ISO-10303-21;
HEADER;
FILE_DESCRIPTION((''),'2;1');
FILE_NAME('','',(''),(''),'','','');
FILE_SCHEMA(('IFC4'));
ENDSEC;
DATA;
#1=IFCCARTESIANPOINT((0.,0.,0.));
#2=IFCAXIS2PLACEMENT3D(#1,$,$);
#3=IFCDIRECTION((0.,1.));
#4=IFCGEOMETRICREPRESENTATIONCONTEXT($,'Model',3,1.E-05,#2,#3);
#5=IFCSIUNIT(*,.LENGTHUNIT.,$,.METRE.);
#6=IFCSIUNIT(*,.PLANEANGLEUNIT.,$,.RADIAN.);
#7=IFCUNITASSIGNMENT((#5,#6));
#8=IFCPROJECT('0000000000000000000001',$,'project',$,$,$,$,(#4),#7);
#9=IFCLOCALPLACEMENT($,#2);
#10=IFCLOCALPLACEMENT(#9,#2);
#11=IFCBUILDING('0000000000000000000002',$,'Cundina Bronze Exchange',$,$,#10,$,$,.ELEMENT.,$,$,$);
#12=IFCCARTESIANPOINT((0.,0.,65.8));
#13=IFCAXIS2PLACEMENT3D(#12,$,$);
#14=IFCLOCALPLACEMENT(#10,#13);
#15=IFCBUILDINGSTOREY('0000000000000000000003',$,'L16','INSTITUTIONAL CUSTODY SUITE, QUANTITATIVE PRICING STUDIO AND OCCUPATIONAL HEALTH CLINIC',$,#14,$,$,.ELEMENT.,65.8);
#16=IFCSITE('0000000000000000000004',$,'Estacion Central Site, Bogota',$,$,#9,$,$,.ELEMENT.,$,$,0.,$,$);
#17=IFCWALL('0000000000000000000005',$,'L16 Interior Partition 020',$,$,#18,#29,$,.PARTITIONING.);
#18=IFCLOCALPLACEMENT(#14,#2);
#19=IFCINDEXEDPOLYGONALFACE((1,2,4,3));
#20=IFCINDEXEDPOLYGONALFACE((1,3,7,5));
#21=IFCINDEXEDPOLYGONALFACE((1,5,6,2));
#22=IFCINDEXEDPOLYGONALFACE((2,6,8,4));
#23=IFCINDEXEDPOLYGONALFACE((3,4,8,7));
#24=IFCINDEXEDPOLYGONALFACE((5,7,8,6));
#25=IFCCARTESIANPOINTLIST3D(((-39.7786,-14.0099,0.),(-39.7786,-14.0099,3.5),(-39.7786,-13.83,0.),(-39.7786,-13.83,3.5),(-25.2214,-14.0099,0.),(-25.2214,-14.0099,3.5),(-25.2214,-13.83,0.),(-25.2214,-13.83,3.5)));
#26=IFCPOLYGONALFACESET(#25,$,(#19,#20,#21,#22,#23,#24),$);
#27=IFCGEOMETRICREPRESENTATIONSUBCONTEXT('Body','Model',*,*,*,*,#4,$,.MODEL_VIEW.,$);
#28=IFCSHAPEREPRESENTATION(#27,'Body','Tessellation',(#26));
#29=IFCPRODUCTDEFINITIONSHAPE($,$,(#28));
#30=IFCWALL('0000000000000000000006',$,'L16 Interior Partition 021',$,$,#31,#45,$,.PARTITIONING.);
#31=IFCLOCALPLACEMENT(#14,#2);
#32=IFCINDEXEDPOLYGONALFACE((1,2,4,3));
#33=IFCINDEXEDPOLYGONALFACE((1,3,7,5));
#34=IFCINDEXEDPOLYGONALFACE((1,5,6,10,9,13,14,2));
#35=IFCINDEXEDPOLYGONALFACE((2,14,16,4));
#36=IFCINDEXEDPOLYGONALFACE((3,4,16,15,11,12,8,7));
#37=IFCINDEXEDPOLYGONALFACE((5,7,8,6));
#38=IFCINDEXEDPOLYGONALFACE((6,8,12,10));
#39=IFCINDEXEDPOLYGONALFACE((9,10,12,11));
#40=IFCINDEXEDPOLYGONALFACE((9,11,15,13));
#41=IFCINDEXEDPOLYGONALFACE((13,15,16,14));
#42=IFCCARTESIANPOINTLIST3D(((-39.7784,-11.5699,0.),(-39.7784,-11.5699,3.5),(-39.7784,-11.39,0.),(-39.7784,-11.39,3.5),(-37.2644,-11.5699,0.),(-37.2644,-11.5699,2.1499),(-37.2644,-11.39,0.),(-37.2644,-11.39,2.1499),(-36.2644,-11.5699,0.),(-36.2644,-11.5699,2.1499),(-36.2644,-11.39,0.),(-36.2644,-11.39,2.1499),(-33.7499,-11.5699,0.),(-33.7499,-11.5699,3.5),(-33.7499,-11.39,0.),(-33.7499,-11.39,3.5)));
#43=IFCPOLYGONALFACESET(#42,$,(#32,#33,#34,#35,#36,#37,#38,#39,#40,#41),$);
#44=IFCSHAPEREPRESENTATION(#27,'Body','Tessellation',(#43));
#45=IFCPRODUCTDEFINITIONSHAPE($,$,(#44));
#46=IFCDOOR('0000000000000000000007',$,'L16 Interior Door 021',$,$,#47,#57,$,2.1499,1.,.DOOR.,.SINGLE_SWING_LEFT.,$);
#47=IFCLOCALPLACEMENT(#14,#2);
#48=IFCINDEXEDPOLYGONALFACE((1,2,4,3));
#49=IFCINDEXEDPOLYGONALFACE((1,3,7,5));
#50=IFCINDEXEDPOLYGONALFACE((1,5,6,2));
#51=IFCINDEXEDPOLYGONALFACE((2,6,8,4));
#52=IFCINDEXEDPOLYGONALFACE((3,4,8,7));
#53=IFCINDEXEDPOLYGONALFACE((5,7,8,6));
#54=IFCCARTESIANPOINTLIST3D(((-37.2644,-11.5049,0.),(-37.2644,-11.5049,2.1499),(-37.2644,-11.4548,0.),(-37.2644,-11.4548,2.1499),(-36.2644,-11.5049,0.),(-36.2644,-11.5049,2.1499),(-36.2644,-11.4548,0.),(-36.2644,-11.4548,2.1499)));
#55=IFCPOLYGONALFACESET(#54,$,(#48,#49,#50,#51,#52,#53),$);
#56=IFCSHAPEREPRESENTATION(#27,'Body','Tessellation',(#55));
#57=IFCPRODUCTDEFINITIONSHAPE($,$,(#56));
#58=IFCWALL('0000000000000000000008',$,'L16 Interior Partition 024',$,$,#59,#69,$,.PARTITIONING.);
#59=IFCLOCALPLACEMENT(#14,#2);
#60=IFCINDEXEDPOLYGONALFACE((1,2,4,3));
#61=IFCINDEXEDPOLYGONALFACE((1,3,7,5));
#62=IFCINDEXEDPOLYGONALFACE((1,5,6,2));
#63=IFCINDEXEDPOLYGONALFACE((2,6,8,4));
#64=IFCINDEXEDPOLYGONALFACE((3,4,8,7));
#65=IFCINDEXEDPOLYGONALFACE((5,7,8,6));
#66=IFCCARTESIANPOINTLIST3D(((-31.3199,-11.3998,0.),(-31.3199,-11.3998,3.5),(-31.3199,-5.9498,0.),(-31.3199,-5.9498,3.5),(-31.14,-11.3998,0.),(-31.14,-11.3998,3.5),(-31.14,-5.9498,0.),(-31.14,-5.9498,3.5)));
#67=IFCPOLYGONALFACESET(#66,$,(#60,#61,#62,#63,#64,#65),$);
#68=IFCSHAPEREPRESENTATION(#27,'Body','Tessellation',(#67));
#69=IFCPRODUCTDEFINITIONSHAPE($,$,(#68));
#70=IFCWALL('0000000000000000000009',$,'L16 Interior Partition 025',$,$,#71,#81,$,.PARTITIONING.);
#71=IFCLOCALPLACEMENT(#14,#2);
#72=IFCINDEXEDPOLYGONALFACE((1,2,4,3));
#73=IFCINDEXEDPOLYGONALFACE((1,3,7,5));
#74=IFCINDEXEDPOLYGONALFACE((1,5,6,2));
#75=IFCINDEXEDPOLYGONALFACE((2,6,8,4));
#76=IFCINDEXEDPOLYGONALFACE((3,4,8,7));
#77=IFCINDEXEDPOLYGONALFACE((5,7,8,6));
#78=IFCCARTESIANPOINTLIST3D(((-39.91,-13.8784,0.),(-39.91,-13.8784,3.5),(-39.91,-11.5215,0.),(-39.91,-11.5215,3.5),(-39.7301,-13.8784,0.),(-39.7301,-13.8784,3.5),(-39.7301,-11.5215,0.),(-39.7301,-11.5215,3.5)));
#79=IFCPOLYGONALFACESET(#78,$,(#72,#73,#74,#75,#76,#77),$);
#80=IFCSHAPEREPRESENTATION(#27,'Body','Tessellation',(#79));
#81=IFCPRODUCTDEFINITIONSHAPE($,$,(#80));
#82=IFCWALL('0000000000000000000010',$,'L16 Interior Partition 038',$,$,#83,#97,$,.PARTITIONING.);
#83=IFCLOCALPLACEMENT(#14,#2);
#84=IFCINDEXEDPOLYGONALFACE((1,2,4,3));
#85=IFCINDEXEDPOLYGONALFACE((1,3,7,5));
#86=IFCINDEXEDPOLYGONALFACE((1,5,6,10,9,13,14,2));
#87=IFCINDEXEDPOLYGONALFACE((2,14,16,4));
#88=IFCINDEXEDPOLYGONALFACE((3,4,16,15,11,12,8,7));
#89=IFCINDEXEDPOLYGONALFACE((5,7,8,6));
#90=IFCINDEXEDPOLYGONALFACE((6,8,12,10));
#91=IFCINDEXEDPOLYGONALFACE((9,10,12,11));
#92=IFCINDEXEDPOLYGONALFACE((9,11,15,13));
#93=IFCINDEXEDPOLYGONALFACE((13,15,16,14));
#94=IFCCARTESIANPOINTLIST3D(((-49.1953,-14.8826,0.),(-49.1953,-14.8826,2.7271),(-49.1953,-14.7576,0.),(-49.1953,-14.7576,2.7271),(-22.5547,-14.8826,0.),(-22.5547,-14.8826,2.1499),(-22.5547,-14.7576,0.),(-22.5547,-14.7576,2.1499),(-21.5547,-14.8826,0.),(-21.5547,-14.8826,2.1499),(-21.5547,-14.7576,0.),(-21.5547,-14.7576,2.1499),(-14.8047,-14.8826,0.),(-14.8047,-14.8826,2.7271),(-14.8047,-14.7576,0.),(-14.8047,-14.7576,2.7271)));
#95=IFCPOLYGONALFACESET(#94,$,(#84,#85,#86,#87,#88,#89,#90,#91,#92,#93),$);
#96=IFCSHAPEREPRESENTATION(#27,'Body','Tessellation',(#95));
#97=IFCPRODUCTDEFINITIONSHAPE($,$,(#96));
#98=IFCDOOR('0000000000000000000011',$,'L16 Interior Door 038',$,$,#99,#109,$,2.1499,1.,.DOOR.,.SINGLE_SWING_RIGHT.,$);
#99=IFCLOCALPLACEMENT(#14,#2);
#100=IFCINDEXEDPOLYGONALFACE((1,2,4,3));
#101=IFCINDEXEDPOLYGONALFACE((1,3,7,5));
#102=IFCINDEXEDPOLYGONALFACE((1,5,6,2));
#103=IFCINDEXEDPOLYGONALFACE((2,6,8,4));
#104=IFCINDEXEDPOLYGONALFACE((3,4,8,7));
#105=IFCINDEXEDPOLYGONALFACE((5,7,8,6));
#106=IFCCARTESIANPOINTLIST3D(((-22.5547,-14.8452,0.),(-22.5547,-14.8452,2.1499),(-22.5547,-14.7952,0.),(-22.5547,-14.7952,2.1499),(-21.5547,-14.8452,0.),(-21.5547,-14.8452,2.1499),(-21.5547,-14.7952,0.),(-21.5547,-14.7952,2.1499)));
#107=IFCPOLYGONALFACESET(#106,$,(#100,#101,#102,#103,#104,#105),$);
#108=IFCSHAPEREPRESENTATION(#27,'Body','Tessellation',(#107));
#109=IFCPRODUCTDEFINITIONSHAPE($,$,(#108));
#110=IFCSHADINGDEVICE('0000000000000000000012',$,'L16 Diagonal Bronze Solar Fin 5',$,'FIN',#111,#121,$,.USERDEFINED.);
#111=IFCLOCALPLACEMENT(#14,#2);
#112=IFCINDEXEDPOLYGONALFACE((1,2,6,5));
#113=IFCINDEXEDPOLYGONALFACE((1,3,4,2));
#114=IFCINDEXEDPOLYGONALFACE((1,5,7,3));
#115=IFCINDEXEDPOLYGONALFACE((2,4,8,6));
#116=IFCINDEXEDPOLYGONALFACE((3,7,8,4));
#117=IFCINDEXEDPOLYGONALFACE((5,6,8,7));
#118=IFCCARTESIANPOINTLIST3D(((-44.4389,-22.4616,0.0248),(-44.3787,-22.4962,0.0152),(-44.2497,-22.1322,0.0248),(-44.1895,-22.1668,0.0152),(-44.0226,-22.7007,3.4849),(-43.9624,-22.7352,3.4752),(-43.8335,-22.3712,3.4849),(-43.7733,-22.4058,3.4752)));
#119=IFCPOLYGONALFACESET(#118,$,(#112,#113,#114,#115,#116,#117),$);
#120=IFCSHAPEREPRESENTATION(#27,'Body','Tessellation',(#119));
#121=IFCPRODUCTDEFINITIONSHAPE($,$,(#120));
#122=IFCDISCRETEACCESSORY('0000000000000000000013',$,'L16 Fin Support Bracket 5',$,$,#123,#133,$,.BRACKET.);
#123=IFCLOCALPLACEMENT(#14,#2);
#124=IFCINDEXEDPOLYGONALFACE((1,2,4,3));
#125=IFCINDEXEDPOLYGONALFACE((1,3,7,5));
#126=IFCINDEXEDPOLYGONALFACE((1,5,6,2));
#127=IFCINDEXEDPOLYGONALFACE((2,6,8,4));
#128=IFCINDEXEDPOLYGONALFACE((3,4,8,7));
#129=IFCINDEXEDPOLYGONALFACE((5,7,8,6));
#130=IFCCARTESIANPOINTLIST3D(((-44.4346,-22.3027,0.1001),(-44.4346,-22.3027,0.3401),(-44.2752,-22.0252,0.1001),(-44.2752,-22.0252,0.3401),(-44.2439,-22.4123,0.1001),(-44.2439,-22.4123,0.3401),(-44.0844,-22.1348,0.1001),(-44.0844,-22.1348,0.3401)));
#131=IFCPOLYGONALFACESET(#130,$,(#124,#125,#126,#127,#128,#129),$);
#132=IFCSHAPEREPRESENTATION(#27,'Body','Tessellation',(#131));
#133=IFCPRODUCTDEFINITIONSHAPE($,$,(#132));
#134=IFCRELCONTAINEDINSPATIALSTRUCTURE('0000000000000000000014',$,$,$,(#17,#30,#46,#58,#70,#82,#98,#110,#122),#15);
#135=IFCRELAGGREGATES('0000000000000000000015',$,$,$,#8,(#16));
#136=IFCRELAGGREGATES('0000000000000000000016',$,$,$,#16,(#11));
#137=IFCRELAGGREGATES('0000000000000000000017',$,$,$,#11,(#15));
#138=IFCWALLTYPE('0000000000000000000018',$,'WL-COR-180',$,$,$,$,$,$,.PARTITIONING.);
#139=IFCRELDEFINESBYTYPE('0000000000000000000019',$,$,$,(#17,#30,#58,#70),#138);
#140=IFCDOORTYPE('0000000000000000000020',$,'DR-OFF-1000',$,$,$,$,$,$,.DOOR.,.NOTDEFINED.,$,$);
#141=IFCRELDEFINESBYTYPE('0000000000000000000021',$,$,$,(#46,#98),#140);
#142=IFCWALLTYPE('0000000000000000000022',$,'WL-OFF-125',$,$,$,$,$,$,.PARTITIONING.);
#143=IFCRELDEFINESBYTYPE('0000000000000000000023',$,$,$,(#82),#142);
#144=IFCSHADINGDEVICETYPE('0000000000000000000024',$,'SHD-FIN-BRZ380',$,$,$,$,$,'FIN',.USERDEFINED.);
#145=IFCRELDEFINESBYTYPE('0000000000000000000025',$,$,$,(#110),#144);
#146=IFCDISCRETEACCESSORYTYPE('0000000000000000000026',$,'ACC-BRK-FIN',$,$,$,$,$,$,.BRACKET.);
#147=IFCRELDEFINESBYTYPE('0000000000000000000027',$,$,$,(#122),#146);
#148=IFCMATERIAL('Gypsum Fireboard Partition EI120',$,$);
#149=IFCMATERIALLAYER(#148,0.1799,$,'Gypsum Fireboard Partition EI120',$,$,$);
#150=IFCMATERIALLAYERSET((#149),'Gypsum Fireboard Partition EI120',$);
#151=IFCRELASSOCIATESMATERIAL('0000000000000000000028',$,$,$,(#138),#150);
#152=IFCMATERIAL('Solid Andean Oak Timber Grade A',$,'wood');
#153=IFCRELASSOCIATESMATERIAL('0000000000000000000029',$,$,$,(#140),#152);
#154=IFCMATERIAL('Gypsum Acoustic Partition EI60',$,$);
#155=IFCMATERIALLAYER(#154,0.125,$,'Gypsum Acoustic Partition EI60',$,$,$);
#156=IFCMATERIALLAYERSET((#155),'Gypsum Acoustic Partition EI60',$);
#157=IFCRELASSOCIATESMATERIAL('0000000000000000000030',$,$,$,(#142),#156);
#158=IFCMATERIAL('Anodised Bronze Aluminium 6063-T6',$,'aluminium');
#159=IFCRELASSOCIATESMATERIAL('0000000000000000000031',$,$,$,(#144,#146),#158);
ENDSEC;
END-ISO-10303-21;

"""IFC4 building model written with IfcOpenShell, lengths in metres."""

from ifc_helpers import new_model, si_unit, direction, frame, frame_2d, origin, origin_2d, place, context, subcontext, project, spatial, rectangle, extrude, material, layer, layer_set, material_profile, profile_set, type_object, element, fill, save


model = new_model("IFC4")

# Units and contexts
model_context = context("Model", 3, precision=1e-05, world=origin(), true_north=direction((0.0, 1.0)))
body_context = subcontext(model_context, "Body", "Model", "MODEL_VIEW")
ifc_project = project(units=[si_unit("LENGTHUNIT", "METRE"), si_unit("PLANEANGLEUNIT", "RADIAN")], contexts=[model_context])

# Site, building, storey
site_placement = place(None, origin())
site = spatial("IfcSite", under=ifc_project, at=site_placement, Name="Estacion Central Site, Bogota", CompositionType="ELEMENT", RefElevation=0.0)
building_placement = place(site_placement, origin())
building = spatial("IfcBuilding", under=site, at=building_placement, Name="Cundina Bronze Exchange", CompositionType="ELEMENT")
storey_placement = place(building_placement, frame((0.0, 0.0, 65.8)))
storey = spatial("IfcBuildingStorey", under=building, at=storey_placement, Name="L16", Description="INSTITUTIONAL CUSTODY SUITE, QUANTITATIVE PRICING STUDIO AND OCCUPATIONAL HEALTH CLINIC", CompositionType="ELEMENT", Elevation=65.8)

# Shared definitions
ifc_material_1 = material(Name="Anodised Bronze Aluminium 6063-T6", Category="aluminium")

# Wall
ifc_material_2 = material(Name="Gypsum Fireboard Partition EI120")
ifc_layer_1 = layer(ifc_material_2, 0.1799, Name="Gypsum Fireboard Partition EI120")
ifc_layer_set_1 = layer_set([ifc_layer_1], Name="Gypsum Fireboard Partition EI120")
wall_type_1 = type_object("IfcWallType", Name="WL-COR-180", PredefinedType="PARTITIONING", material=ifc_layer_set_1)
wall_1_placement = place(storey_placement, frame((-39.7786, -13.9199, 0.0), z_axis=(0.0, 0.0, 1.0), x_axis=(1.0, 0.0, 0.0)))
element("IfcWall", 1, at=wall_1_placement, inside=storey, type_object=wall_type_1, Name="L16 Interior Partition 020", PredefinedType="PARTITIONING", context=body_context, shape_type="SweptSolid", body=[
    extrude(rectangle(XDim=14.5571, YDim=0.1799, at=frame_2d((7.2786, 0.0))), origin(), (0.0, 0.0, 1.0), 3.5),
])

# Wall, opening, door
wall_2_placement = place(storey_placement, frame((-33.75, -11.48, 0.0), z_axis=(0.0, 0.0, 1.0), x_axis=(-1.0, 0.0, 0.0)))
wall_2 = element("IfcWall", 2, at=wall_2_placement, inside=storey, type_object=wall_type_1, Name="L16 Interior Partition 021", PredefinedType="PARTITIONING", context=body_context, shape_type="SweptSolid", body=[
    extrude(rectangle(XDim=6.0286, YDim=0.1799, at=frame_2d((3.0142, 0.0))), origin(), (0.0, 0.0, 1.0), 3.5),
])
opening_1_placement = place(wall_2_placement, frame((2.5144, 0.0, 0.0)))
opening_1 = element("IfcOpeningElement", 3, at=opening_1_placement, cuts=wall_2, PredefinedType="OPENING", context=body_context, shape_type="SweptSolid", body=[
    extrude(rectangle(XDim=1.0, YDim=2.1499, at=frame_2d((0.5, 1.075))), frame((0.0, 0.0999, 0.0), z_axis=(0.0, -1.0, 0.0), x_axis=(1.0, 0.0, 0.0)), (0.0, 0.0, 1.0), 0.2),
])
ifc_material_3 = material(Name="Solid Andean Oak Timber Grade A", Category="wood")
door_type = type_object("IfcDoorType", Name="DR-OFF-1000", OperationType="NOTDEFINED", PredefinedType="DOOR", material=ifc_material_3)
door_1_placement = place(opening_1_placement, origin())
door_1 = element("IfcDoor", 4, at=door_1_placement, inside=storey, type_object=door_type, Name="L16 Interior Door 021", OperationType="SINGLE_SWING_LEFT", OverallHeight=2.1499, OverallWidth=1.0, PredefinedType="DOOR", context=body_context, shape_type="SweptSolid", body=[
    extrude(rectangle(XDim=1.0, YDim=2.1499, at=frame_2d((0.5, 1.075))), frame((0.0, 0.0249, 0.0), z_axis=(0.0, -1.0, 0.0), x_axis=(1.0, 0.0, 0.0)), (0.0, 0.0, 1.0), 0.05),
])
fill(opening_1, door_1)

# Walls
wall_3_placement = place(storey_placement, frame((-31.23, -11.3999, 0.0), z_axis=(0.0, 0.0, 1.0), x_axis=(0.0, 1.0, 0.0)))
element("IfcWall", 5, at=wall_3_placement, inside=storey, type_object=wall_type_1, Name="L16 Interior Partition 024", PredefinedType="PARTITIONING", context=body_context, shape_type="SweptSolid", body=[
    extrude(rectangle(XDim=5.45, YDim=0.1799, at=frame_2d((2.7251, 0.0))), origin(), (0.0, 0.0, 1.0), 3.5),
])
wall_4_placement = place(storey_placement, frame((-39.8201, -11.5215, 0.0), z_axis=(0.0, 0.0, 1.0), x_axis=(0.0, -1.0, 0.0)))
element("IfcWall", 6, at=wall_4_placement, inside=storey, type_object=wall_type_1, Name="L16 Interior Partition 025", PredefinedType="PARTITIONING", context=body_context, shape_type="SweptSolid", body=[
    extrude(rectangle(XDim=2.3569, YDim=0.1799, at=frame_2d((1.1785, 0.0))), origin(), (0.0, 0.0, 1.0), 3.5),
])

# Wall, opening, door
ifc_material_4 = material(Name="Gypsum Acoustic Partition EI60")
ifc_layer_2 = layer(ifc_material_4, 0.125, Name="Gypsum Acoustic Partition EI60")
ifc_layer_set_2 = layer_set([ifc_layer_2], Name="Gypsum Acoustic Partition EI60")
wall_type_2 = type_object("IfcWallType", Name="WL-OFF-125", PredefinedType="PARTITIONING", material=ifc_layer_set_2)
wall_5_placement = place(storey_placement, frame((-49.1953, -14.8201, 0.0), z_axis=(0.0, 0.0, 1.0), x_axis=(1.0, 0.0, 0.0)))
wall_5 = element("IfcWall", 7, at=wall_5_placement, inside=storey, type_object=wall_type_2, Name="L16 Interior Partition 038", PredefinedType="PARTITIONING", context=body_context, shape_type="SweptSolid", body=[
    extrude(rectangle(XDim=34.3906, YDim=0.125, at=frame_2d((17.1953, 0.0))), origin(), (0.0, 0.0, 1.0), 2.7271),
])
opening_2_placement = place(wall_5_placement, frame((26.6406, 0.0, 0.0)))
opening_2 = element("IfcOpeningElement", 8, at=opening_2_placement, cuts=wall_5, PredefinedType="OPENING", context=body_context, shape_type="SweptSolid", body=[
    extrude(rectangle(XDim=1.0, YDim=2.1499, at=frame_2d((0.5, 1.075))), frame((0.0, 0.0725, 0.0), z_axis=(0.0, -1.0, 0.0), x_axis=(1.0, 0.0, 0.0)), (0.0, 0.0, 1.0), 0.145),
])
door_2_placement = place(opening_2_placement, origin())
door_2 = element("IfcDoor", 9, at=door_2_placement, inside=storey, type_object=door_type, Name="L16 Interior Door 038", OperationType="SINGLE_SWING_RIGHT", OverallHeight=2.1499, OverallWidth=1.0, PredefinedType="DOOR", context=body_context, shape_type="SweptSolid", body=[
    extrude(rectangle(XDim=1.0, YDim=2.1499, at=frame_2d((0.5, 1.075))), frame((0.0, 0.0249, 0.0), z_axis=(0.0, -1.0, 0.0), x_axis=(1.0, 0.0, 0.0)), (0.0, 0.0, 1.0), 0.05),
])
fill(opening_2, door_2)

# Shading device
ifc_material_profile_1 = material_profile(ifc_material_1, rectangle(XDim=0.0701, YDim=0.3799, at=origin_2d()), Name="FIN70X380", Category="aluminium")
ifc_profile_set_1 = profile_set([ifc_material_profile_1], Name="Anodised Bronze Aluminium 6063-T6")
shading_device_type = type_object("IfcShadingDeviceType", Name="SHD-FIN-BRZ380", ElementType="FIN", PredefinedType="USERDEFINED", material=ifc_profile_set_1)
shading_device_placement = place(storey_placement, frame((-44.3142, -22.3142, 0.02), z_axis=(0.119166, -0.068425, 0.990514), x_axis=(-0.858982, 0.493222, 0.137414)))
element("IfcShadingDevice", 10, at=shading_device_placement, inside=storey, type_object=shading_device_type, Name="L16 Diagonal Bronze Solar Fin 5", ObjectType="FIN", PredefinedType="USERDEFINED", context=body_context, shape_type="SweptSolid", body=[
    extrude(rectangle(XDim=0.0701, YDim=0.3799, at=origin_2d()), origin(), (0.0, 0.0, 1.0), 3.4932),
])

# Discrete accessory
discrete_accessory_type = type_object("IfcDiscreteAccessoryType", Name="ACC-BRK-FIN", PredefinedType="BRACKET", material=ifc_material_1)
discrete_accessory_placement = place(storey_placement, frame((-44.2595, -22.2188, 0.1001), z_axis=(0.0, 0.0, 1.0), x_axis=(0.867105, -0.498125, 0.0)))
element("IfcDiscreteAccessory", 11, at=discrete_accessory_placement, inside=storey, type_object=discrete_accessory_type, Name="L16 Fin Support Bracket 5", PredefinedType="BRACKET", context=body_context, shape_type="SweptSolid", body=[
    extrude(rectangle(XDim=0.22, YDim=0.3201, at=origin_2d()), origin(), (0.0, 0.0, 1.0), 0.24),
])

save(model, "model.ifc")
